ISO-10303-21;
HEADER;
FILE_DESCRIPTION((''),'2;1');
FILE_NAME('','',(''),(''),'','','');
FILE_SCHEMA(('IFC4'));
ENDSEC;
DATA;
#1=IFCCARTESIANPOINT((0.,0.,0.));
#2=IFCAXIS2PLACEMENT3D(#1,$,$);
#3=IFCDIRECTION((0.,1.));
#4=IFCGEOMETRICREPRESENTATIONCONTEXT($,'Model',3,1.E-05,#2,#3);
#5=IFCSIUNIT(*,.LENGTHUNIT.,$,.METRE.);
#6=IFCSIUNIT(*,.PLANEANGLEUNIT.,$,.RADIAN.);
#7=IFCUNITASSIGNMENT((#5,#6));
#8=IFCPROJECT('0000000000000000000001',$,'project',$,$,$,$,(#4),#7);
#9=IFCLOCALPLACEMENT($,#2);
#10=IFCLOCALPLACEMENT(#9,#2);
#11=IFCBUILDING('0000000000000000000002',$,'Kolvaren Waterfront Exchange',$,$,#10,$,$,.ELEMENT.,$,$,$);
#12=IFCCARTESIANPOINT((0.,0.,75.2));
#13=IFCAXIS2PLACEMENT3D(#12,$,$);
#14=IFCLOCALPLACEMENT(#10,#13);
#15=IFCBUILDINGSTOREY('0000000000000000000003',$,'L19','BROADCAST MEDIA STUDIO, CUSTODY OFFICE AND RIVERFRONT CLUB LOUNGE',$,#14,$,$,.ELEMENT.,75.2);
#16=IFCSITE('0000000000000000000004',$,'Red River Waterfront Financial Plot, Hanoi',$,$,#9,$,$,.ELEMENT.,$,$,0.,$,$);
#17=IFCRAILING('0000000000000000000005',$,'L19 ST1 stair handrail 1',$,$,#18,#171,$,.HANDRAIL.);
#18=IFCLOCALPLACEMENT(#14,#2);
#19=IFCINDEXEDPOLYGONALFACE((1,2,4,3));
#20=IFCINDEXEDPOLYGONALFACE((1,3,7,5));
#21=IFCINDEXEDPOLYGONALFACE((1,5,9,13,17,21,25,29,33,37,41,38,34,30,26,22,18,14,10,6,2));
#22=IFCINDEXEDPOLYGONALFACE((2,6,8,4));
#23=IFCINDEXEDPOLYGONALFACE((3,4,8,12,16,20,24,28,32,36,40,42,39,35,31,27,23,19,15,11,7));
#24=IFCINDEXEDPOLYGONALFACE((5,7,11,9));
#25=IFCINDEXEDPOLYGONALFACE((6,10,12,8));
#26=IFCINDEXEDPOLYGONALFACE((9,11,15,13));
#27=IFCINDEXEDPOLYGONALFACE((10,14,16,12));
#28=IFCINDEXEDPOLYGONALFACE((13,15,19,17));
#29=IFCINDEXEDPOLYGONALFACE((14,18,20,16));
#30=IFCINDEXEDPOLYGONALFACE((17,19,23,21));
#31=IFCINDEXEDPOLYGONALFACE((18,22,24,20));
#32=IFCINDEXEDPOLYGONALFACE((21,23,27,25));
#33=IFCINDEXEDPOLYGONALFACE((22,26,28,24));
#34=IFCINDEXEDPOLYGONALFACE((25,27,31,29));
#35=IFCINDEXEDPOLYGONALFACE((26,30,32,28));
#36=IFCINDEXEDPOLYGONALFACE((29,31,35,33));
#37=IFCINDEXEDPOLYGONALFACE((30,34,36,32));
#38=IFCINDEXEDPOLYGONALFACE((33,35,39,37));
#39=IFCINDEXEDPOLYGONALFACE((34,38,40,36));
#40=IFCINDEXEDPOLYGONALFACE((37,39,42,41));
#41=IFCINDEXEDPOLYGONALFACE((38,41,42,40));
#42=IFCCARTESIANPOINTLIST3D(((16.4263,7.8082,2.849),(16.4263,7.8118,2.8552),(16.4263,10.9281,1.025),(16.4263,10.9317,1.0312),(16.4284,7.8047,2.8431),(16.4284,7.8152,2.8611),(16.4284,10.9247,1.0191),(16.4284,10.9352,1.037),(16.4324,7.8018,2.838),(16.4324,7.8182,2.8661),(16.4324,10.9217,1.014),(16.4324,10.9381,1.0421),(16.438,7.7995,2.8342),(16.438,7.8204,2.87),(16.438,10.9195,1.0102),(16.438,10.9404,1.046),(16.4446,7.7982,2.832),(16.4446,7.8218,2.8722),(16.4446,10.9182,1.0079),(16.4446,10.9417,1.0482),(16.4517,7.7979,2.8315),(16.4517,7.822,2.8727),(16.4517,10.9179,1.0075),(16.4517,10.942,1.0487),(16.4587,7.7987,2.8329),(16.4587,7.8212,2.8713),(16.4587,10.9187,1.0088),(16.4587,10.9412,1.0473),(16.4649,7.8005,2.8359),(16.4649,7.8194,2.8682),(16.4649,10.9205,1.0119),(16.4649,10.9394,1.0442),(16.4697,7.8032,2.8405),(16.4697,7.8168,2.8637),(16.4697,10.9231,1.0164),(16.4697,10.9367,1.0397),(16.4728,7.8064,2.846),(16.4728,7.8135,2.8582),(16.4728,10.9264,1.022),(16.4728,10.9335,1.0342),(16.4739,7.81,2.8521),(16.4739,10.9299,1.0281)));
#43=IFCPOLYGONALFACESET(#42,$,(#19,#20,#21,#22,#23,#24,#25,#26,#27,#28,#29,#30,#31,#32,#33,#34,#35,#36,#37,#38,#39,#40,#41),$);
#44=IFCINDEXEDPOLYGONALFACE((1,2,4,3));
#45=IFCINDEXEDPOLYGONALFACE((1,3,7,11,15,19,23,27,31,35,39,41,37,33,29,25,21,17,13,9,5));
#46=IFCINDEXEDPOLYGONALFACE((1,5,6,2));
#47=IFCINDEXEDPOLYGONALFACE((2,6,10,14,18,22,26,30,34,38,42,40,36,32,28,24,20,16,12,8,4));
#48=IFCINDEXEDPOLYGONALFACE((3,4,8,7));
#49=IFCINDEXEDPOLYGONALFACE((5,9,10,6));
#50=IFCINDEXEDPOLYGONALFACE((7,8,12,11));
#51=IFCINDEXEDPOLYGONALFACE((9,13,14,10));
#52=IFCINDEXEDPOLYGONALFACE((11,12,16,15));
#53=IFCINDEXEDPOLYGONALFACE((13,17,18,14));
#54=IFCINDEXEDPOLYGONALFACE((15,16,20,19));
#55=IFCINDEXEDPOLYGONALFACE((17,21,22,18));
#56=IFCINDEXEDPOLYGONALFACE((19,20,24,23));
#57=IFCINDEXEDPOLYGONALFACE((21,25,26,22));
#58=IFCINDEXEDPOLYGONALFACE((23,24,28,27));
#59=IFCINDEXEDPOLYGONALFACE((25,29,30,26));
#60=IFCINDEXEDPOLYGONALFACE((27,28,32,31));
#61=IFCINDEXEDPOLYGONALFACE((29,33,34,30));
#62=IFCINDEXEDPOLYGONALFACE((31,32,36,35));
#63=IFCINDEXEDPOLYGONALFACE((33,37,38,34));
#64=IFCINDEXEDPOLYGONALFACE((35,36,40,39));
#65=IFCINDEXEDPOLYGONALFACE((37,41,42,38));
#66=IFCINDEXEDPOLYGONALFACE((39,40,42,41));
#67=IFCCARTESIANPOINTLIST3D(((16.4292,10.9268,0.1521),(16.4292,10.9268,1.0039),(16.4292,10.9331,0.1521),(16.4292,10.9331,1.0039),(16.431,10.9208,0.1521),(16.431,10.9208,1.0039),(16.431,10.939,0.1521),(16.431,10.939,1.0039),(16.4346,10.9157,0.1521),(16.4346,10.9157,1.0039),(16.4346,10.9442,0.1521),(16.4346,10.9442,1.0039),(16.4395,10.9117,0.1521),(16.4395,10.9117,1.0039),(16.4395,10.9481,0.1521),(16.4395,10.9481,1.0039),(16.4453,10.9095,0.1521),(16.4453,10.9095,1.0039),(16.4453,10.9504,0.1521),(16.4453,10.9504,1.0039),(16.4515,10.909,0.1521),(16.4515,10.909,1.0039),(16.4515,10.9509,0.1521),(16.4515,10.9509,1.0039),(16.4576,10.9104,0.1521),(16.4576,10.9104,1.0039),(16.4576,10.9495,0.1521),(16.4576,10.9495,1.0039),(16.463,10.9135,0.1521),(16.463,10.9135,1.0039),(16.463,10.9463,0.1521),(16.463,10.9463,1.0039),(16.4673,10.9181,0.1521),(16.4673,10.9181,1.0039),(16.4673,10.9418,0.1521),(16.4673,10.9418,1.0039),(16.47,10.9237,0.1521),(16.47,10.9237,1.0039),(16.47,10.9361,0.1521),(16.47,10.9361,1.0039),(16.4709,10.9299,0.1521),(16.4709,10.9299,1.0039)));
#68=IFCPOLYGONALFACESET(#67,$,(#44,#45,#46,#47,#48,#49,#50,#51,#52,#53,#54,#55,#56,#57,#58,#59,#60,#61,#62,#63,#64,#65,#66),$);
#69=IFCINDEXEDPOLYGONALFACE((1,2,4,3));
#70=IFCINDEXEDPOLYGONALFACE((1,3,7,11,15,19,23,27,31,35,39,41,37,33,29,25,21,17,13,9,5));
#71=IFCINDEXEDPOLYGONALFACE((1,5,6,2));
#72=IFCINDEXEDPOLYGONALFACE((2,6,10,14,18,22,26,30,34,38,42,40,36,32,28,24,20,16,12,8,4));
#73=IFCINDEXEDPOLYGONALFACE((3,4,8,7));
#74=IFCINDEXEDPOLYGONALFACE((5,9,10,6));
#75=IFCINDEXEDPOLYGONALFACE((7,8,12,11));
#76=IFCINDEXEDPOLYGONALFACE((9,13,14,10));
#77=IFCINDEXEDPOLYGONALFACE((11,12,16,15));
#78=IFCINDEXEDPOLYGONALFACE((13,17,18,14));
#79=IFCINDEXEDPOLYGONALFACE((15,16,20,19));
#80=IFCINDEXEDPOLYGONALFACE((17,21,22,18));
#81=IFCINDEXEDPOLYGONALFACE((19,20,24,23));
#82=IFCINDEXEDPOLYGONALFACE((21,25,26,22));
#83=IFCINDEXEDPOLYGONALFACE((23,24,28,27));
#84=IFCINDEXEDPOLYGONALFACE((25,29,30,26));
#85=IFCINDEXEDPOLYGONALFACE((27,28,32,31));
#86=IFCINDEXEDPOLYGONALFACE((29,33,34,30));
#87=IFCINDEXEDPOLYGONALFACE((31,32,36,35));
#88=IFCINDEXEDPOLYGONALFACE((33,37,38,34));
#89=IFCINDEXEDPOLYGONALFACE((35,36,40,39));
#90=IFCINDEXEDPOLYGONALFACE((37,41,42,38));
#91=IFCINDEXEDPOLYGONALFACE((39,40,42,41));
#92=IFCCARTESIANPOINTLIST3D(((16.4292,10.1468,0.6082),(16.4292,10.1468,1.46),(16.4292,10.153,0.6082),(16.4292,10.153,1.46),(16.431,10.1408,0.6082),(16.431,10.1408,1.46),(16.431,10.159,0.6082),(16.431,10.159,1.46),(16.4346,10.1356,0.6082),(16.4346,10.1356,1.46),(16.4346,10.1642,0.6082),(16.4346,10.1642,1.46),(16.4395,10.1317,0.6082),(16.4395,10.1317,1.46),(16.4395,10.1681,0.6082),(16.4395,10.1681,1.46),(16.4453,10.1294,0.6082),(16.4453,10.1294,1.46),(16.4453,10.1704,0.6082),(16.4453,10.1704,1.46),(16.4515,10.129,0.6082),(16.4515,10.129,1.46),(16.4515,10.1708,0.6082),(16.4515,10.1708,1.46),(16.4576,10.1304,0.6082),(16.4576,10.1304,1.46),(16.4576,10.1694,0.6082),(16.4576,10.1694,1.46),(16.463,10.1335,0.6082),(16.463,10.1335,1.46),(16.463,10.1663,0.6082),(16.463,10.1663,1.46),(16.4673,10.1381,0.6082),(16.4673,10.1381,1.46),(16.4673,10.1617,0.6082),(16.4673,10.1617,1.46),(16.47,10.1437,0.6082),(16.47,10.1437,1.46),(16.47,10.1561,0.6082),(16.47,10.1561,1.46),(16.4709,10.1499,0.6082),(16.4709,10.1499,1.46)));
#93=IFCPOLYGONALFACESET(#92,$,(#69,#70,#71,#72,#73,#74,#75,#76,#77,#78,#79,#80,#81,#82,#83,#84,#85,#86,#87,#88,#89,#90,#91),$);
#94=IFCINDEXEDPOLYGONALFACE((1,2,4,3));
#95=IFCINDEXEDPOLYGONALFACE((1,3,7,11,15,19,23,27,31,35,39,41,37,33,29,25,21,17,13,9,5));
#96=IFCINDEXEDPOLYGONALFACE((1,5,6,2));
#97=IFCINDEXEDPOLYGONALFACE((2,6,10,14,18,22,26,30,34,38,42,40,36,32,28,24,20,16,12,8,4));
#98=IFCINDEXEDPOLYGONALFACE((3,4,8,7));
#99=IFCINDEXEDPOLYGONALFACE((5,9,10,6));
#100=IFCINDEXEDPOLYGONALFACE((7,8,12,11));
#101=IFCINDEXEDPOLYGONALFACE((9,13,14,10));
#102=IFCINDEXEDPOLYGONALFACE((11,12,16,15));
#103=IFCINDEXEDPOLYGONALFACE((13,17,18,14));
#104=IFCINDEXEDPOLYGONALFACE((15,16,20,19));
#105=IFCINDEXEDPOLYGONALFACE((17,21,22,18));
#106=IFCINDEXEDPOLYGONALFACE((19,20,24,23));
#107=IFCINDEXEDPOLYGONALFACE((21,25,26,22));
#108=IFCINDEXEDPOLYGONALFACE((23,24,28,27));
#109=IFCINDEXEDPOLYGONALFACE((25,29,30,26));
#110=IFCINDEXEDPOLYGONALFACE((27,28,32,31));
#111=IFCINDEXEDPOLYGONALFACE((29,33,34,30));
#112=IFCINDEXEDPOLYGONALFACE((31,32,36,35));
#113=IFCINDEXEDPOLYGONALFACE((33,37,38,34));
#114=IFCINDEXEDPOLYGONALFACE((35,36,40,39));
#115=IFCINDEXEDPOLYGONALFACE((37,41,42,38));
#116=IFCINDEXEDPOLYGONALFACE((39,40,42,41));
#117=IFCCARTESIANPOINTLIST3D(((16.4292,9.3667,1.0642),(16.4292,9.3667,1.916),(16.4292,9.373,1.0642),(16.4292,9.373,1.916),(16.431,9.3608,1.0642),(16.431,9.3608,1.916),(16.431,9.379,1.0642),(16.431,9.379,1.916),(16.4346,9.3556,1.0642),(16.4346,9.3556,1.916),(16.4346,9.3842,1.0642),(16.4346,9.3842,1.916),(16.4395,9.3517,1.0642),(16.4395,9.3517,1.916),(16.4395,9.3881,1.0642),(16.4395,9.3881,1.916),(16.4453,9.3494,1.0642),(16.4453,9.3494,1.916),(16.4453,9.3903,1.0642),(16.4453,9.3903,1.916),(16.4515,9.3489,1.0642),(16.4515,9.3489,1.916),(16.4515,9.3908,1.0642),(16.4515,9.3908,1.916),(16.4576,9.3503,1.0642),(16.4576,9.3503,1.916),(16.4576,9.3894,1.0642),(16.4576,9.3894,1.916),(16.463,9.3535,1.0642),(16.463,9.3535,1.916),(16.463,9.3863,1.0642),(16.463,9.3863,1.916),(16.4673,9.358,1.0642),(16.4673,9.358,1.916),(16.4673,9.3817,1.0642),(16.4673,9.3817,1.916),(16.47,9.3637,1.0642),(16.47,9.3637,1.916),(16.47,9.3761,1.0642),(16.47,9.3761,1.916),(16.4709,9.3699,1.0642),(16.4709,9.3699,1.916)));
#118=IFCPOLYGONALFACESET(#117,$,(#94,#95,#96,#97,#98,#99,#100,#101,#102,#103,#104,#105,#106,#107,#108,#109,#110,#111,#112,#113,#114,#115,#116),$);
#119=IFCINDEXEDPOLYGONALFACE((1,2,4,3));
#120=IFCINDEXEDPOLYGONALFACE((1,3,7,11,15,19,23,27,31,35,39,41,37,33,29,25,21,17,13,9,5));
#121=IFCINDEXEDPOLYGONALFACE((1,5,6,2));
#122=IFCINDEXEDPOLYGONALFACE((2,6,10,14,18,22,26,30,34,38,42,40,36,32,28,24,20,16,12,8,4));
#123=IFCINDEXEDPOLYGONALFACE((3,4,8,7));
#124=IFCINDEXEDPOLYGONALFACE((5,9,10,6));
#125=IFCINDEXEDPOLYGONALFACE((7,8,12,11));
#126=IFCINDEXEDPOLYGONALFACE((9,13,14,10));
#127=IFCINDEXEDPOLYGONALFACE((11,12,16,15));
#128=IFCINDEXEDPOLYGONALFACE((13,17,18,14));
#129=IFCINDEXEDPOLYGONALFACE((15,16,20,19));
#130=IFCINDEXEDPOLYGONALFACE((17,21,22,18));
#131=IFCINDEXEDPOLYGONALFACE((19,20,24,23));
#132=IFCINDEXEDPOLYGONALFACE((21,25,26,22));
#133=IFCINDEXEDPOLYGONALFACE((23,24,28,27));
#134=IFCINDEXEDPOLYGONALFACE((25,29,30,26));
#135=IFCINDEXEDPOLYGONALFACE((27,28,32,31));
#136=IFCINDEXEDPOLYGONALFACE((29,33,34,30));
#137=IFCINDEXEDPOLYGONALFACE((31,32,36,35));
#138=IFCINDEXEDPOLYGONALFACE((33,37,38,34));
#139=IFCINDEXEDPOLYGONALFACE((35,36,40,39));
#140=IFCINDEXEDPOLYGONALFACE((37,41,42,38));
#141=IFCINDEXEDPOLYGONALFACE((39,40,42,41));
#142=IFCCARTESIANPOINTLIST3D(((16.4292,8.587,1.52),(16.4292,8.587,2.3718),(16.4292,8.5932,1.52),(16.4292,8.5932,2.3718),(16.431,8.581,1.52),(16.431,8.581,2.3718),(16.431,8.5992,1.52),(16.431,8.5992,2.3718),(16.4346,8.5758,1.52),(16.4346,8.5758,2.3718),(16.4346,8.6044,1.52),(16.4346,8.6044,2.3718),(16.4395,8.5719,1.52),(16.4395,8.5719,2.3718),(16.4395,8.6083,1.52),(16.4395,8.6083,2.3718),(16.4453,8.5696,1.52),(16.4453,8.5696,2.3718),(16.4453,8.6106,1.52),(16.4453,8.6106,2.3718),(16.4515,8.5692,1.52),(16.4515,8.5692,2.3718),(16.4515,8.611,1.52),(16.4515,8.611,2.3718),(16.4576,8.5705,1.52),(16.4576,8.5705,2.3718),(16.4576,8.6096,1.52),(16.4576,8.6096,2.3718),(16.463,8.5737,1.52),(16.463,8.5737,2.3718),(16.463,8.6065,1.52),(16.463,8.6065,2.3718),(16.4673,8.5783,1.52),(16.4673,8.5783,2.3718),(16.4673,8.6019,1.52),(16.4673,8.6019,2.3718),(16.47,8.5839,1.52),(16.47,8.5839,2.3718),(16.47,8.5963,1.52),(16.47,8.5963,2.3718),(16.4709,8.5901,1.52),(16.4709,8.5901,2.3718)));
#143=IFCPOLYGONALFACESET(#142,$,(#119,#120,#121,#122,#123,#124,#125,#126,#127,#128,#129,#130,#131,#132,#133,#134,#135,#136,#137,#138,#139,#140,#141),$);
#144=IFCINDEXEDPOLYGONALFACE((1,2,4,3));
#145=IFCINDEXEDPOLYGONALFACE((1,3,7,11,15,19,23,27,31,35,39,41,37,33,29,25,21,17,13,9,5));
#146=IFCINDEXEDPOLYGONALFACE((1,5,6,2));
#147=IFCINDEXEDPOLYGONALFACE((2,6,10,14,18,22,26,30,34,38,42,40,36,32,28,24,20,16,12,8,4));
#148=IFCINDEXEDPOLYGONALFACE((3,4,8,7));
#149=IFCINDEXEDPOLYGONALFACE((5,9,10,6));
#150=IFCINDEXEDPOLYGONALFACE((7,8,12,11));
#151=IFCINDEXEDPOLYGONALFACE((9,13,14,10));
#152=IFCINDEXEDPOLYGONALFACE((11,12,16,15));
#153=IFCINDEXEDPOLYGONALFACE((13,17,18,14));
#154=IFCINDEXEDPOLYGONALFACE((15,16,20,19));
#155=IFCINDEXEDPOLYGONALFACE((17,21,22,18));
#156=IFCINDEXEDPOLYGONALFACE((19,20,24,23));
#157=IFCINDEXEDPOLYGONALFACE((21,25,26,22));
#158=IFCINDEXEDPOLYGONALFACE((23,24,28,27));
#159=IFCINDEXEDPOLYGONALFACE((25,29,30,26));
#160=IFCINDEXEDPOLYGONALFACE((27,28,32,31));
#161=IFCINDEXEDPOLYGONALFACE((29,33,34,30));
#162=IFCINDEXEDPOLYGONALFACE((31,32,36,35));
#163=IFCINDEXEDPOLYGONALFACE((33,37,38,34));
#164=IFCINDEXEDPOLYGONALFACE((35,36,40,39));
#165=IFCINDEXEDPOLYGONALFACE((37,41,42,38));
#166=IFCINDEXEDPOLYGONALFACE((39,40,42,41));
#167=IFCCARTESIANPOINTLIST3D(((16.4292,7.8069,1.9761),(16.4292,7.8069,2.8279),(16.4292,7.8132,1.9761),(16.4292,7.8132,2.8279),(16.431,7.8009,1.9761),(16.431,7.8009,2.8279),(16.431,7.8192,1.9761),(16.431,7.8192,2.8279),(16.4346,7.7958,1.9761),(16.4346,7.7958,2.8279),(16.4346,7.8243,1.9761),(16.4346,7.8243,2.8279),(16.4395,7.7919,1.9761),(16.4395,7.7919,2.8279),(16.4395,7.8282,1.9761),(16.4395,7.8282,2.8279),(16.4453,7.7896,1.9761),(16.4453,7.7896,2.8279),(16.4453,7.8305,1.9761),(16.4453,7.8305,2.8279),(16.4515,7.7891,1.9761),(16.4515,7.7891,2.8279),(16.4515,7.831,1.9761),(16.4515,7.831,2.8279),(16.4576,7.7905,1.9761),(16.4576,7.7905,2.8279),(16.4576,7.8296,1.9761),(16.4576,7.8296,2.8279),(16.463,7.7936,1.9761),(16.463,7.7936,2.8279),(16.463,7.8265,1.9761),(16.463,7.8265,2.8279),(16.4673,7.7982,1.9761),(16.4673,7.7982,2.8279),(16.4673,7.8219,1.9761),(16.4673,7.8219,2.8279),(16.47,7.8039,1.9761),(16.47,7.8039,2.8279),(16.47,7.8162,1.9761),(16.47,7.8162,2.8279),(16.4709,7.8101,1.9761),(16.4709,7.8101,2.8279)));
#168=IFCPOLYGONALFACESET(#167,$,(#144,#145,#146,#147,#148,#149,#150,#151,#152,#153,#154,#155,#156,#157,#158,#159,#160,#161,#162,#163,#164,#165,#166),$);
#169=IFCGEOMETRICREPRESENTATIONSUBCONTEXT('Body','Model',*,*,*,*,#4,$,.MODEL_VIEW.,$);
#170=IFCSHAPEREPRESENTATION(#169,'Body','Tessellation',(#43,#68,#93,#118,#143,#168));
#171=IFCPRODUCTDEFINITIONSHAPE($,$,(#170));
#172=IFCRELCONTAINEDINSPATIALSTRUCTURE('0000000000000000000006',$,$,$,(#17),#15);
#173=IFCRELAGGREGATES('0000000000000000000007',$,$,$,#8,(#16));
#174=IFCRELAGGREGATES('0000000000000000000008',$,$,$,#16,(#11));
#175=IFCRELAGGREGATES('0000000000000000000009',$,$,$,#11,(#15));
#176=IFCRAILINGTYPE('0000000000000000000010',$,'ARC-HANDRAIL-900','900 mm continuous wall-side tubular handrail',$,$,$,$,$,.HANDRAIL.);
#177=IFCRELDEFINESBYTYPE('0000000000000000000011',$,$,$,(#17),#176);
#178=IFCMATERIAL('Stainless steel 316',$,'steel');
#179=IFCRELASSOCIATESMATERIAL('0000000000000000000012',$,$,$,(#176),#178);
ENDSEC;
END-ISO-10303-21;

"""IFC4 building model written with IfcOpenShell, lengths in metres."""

from ifc_helpers import new_model, si_unit, direction, frame, origin, origin_2d, place, context, subcontext, project, spatial, circle, extrude, material, type_object, element, save


model = new_model("IFC4")

# Units and contexts
model_context = context("Model", 3, precision=1e-05, world=origin(), true_north=direction((0.0, 1.0)))
body_context = subcontext(model_context, "Body", "Model", "MODEL_VIEW")
ifc_project = project(units=[si_unit("LENGTHUNIT", "METRE"), si_unit("PLANEANGLEUNIT", "RADIAN")], contexts=[model_context])

# Site, building, storey
site_placement = place(None, origin())
site = spatial("IfcSite", under=ifc_project, at=site_placement, Name="Red River Waterfront Financial Plot, Hanoi", CompositionType="ELEMENT", RefElevation=0.0)
building_placement = place(site_placement, origin())
building = spatial("IfcBuilding", under=site, at=building_placement, Name="Kolvaren Waterfront Exchange", CompositionType="ELEMENT")
storey_placement = place(building_placement, frame((0.0, 0.0, 75.2)))
storey = spatial("IfcBuildingStorey", under=building, at=storey_placement, Name="L19", Description="BROADCAST MEDIA STUDIO, CUSTODY OFFICE AND RIVERFRONT CLUB LOUNGE", CompositionType="ELEMENT", Elevation=75.2)

# Railing
ifc_material_1 = material(Name="Stainless steel 316", Category="steel")
railing_type_1 = type_object("IfcRailingType", Name="ARC-HANDRAIL-900", Description="900 mm continuous wall-side tubular handrail", PredefinedType="HANDRAIL", material=ifc_material_1)
railing_1_placement = place(storey_placement, frame((16.45, 10.9299, 0.1521)))
element("IfcRailing", 1, at=railing_1_placement, inside=storey, type_object=railing_type_1, Name="L19 ST1 stair handrail 1", PredefinedType="HANDRAIL", context=body_context, shape_type="SweptSolid", body=[
    extrude(circle(Radius=0.0239, at=origin_2d()), frame((0.0, 0.0, 0.876), z_axis=(0.0, -0.863291, 0.504707), x_axis=(1.0, 0.0, 0.0)), (0.0, 0.0, 1.0), 3.614),
    extrude(circle(Radius=0.021, at=origin_2d()), origin(), (0.0, 0.0, 1.0), 0.8518),
    extrude(circle(Radius=0.021, at=origin_2d()), frame((0.0, -0.78, 0.4561)), (0.0, 0.0, 1.0), 0.8518),
    extrude(circle(Radius=0.021, at=origin_2d()), frame((0.0, -1.5601, 0.9121)), (0.0, 0.0, 1.0), 0.8518),
    extrude(circle(Radius=0.021, at=origin_2d()), frame((0.0, -2.3398, 1.3679)), (0.0, 0.0, 1.0), 0.8518),
    extrude(circle(Radius=0.021, at=origin_2d()), frame((0.0, -3.1199, 1.824)), (0.0, 0.0, 1.0), 0.8518),
])

save(model, "model.ifc")
